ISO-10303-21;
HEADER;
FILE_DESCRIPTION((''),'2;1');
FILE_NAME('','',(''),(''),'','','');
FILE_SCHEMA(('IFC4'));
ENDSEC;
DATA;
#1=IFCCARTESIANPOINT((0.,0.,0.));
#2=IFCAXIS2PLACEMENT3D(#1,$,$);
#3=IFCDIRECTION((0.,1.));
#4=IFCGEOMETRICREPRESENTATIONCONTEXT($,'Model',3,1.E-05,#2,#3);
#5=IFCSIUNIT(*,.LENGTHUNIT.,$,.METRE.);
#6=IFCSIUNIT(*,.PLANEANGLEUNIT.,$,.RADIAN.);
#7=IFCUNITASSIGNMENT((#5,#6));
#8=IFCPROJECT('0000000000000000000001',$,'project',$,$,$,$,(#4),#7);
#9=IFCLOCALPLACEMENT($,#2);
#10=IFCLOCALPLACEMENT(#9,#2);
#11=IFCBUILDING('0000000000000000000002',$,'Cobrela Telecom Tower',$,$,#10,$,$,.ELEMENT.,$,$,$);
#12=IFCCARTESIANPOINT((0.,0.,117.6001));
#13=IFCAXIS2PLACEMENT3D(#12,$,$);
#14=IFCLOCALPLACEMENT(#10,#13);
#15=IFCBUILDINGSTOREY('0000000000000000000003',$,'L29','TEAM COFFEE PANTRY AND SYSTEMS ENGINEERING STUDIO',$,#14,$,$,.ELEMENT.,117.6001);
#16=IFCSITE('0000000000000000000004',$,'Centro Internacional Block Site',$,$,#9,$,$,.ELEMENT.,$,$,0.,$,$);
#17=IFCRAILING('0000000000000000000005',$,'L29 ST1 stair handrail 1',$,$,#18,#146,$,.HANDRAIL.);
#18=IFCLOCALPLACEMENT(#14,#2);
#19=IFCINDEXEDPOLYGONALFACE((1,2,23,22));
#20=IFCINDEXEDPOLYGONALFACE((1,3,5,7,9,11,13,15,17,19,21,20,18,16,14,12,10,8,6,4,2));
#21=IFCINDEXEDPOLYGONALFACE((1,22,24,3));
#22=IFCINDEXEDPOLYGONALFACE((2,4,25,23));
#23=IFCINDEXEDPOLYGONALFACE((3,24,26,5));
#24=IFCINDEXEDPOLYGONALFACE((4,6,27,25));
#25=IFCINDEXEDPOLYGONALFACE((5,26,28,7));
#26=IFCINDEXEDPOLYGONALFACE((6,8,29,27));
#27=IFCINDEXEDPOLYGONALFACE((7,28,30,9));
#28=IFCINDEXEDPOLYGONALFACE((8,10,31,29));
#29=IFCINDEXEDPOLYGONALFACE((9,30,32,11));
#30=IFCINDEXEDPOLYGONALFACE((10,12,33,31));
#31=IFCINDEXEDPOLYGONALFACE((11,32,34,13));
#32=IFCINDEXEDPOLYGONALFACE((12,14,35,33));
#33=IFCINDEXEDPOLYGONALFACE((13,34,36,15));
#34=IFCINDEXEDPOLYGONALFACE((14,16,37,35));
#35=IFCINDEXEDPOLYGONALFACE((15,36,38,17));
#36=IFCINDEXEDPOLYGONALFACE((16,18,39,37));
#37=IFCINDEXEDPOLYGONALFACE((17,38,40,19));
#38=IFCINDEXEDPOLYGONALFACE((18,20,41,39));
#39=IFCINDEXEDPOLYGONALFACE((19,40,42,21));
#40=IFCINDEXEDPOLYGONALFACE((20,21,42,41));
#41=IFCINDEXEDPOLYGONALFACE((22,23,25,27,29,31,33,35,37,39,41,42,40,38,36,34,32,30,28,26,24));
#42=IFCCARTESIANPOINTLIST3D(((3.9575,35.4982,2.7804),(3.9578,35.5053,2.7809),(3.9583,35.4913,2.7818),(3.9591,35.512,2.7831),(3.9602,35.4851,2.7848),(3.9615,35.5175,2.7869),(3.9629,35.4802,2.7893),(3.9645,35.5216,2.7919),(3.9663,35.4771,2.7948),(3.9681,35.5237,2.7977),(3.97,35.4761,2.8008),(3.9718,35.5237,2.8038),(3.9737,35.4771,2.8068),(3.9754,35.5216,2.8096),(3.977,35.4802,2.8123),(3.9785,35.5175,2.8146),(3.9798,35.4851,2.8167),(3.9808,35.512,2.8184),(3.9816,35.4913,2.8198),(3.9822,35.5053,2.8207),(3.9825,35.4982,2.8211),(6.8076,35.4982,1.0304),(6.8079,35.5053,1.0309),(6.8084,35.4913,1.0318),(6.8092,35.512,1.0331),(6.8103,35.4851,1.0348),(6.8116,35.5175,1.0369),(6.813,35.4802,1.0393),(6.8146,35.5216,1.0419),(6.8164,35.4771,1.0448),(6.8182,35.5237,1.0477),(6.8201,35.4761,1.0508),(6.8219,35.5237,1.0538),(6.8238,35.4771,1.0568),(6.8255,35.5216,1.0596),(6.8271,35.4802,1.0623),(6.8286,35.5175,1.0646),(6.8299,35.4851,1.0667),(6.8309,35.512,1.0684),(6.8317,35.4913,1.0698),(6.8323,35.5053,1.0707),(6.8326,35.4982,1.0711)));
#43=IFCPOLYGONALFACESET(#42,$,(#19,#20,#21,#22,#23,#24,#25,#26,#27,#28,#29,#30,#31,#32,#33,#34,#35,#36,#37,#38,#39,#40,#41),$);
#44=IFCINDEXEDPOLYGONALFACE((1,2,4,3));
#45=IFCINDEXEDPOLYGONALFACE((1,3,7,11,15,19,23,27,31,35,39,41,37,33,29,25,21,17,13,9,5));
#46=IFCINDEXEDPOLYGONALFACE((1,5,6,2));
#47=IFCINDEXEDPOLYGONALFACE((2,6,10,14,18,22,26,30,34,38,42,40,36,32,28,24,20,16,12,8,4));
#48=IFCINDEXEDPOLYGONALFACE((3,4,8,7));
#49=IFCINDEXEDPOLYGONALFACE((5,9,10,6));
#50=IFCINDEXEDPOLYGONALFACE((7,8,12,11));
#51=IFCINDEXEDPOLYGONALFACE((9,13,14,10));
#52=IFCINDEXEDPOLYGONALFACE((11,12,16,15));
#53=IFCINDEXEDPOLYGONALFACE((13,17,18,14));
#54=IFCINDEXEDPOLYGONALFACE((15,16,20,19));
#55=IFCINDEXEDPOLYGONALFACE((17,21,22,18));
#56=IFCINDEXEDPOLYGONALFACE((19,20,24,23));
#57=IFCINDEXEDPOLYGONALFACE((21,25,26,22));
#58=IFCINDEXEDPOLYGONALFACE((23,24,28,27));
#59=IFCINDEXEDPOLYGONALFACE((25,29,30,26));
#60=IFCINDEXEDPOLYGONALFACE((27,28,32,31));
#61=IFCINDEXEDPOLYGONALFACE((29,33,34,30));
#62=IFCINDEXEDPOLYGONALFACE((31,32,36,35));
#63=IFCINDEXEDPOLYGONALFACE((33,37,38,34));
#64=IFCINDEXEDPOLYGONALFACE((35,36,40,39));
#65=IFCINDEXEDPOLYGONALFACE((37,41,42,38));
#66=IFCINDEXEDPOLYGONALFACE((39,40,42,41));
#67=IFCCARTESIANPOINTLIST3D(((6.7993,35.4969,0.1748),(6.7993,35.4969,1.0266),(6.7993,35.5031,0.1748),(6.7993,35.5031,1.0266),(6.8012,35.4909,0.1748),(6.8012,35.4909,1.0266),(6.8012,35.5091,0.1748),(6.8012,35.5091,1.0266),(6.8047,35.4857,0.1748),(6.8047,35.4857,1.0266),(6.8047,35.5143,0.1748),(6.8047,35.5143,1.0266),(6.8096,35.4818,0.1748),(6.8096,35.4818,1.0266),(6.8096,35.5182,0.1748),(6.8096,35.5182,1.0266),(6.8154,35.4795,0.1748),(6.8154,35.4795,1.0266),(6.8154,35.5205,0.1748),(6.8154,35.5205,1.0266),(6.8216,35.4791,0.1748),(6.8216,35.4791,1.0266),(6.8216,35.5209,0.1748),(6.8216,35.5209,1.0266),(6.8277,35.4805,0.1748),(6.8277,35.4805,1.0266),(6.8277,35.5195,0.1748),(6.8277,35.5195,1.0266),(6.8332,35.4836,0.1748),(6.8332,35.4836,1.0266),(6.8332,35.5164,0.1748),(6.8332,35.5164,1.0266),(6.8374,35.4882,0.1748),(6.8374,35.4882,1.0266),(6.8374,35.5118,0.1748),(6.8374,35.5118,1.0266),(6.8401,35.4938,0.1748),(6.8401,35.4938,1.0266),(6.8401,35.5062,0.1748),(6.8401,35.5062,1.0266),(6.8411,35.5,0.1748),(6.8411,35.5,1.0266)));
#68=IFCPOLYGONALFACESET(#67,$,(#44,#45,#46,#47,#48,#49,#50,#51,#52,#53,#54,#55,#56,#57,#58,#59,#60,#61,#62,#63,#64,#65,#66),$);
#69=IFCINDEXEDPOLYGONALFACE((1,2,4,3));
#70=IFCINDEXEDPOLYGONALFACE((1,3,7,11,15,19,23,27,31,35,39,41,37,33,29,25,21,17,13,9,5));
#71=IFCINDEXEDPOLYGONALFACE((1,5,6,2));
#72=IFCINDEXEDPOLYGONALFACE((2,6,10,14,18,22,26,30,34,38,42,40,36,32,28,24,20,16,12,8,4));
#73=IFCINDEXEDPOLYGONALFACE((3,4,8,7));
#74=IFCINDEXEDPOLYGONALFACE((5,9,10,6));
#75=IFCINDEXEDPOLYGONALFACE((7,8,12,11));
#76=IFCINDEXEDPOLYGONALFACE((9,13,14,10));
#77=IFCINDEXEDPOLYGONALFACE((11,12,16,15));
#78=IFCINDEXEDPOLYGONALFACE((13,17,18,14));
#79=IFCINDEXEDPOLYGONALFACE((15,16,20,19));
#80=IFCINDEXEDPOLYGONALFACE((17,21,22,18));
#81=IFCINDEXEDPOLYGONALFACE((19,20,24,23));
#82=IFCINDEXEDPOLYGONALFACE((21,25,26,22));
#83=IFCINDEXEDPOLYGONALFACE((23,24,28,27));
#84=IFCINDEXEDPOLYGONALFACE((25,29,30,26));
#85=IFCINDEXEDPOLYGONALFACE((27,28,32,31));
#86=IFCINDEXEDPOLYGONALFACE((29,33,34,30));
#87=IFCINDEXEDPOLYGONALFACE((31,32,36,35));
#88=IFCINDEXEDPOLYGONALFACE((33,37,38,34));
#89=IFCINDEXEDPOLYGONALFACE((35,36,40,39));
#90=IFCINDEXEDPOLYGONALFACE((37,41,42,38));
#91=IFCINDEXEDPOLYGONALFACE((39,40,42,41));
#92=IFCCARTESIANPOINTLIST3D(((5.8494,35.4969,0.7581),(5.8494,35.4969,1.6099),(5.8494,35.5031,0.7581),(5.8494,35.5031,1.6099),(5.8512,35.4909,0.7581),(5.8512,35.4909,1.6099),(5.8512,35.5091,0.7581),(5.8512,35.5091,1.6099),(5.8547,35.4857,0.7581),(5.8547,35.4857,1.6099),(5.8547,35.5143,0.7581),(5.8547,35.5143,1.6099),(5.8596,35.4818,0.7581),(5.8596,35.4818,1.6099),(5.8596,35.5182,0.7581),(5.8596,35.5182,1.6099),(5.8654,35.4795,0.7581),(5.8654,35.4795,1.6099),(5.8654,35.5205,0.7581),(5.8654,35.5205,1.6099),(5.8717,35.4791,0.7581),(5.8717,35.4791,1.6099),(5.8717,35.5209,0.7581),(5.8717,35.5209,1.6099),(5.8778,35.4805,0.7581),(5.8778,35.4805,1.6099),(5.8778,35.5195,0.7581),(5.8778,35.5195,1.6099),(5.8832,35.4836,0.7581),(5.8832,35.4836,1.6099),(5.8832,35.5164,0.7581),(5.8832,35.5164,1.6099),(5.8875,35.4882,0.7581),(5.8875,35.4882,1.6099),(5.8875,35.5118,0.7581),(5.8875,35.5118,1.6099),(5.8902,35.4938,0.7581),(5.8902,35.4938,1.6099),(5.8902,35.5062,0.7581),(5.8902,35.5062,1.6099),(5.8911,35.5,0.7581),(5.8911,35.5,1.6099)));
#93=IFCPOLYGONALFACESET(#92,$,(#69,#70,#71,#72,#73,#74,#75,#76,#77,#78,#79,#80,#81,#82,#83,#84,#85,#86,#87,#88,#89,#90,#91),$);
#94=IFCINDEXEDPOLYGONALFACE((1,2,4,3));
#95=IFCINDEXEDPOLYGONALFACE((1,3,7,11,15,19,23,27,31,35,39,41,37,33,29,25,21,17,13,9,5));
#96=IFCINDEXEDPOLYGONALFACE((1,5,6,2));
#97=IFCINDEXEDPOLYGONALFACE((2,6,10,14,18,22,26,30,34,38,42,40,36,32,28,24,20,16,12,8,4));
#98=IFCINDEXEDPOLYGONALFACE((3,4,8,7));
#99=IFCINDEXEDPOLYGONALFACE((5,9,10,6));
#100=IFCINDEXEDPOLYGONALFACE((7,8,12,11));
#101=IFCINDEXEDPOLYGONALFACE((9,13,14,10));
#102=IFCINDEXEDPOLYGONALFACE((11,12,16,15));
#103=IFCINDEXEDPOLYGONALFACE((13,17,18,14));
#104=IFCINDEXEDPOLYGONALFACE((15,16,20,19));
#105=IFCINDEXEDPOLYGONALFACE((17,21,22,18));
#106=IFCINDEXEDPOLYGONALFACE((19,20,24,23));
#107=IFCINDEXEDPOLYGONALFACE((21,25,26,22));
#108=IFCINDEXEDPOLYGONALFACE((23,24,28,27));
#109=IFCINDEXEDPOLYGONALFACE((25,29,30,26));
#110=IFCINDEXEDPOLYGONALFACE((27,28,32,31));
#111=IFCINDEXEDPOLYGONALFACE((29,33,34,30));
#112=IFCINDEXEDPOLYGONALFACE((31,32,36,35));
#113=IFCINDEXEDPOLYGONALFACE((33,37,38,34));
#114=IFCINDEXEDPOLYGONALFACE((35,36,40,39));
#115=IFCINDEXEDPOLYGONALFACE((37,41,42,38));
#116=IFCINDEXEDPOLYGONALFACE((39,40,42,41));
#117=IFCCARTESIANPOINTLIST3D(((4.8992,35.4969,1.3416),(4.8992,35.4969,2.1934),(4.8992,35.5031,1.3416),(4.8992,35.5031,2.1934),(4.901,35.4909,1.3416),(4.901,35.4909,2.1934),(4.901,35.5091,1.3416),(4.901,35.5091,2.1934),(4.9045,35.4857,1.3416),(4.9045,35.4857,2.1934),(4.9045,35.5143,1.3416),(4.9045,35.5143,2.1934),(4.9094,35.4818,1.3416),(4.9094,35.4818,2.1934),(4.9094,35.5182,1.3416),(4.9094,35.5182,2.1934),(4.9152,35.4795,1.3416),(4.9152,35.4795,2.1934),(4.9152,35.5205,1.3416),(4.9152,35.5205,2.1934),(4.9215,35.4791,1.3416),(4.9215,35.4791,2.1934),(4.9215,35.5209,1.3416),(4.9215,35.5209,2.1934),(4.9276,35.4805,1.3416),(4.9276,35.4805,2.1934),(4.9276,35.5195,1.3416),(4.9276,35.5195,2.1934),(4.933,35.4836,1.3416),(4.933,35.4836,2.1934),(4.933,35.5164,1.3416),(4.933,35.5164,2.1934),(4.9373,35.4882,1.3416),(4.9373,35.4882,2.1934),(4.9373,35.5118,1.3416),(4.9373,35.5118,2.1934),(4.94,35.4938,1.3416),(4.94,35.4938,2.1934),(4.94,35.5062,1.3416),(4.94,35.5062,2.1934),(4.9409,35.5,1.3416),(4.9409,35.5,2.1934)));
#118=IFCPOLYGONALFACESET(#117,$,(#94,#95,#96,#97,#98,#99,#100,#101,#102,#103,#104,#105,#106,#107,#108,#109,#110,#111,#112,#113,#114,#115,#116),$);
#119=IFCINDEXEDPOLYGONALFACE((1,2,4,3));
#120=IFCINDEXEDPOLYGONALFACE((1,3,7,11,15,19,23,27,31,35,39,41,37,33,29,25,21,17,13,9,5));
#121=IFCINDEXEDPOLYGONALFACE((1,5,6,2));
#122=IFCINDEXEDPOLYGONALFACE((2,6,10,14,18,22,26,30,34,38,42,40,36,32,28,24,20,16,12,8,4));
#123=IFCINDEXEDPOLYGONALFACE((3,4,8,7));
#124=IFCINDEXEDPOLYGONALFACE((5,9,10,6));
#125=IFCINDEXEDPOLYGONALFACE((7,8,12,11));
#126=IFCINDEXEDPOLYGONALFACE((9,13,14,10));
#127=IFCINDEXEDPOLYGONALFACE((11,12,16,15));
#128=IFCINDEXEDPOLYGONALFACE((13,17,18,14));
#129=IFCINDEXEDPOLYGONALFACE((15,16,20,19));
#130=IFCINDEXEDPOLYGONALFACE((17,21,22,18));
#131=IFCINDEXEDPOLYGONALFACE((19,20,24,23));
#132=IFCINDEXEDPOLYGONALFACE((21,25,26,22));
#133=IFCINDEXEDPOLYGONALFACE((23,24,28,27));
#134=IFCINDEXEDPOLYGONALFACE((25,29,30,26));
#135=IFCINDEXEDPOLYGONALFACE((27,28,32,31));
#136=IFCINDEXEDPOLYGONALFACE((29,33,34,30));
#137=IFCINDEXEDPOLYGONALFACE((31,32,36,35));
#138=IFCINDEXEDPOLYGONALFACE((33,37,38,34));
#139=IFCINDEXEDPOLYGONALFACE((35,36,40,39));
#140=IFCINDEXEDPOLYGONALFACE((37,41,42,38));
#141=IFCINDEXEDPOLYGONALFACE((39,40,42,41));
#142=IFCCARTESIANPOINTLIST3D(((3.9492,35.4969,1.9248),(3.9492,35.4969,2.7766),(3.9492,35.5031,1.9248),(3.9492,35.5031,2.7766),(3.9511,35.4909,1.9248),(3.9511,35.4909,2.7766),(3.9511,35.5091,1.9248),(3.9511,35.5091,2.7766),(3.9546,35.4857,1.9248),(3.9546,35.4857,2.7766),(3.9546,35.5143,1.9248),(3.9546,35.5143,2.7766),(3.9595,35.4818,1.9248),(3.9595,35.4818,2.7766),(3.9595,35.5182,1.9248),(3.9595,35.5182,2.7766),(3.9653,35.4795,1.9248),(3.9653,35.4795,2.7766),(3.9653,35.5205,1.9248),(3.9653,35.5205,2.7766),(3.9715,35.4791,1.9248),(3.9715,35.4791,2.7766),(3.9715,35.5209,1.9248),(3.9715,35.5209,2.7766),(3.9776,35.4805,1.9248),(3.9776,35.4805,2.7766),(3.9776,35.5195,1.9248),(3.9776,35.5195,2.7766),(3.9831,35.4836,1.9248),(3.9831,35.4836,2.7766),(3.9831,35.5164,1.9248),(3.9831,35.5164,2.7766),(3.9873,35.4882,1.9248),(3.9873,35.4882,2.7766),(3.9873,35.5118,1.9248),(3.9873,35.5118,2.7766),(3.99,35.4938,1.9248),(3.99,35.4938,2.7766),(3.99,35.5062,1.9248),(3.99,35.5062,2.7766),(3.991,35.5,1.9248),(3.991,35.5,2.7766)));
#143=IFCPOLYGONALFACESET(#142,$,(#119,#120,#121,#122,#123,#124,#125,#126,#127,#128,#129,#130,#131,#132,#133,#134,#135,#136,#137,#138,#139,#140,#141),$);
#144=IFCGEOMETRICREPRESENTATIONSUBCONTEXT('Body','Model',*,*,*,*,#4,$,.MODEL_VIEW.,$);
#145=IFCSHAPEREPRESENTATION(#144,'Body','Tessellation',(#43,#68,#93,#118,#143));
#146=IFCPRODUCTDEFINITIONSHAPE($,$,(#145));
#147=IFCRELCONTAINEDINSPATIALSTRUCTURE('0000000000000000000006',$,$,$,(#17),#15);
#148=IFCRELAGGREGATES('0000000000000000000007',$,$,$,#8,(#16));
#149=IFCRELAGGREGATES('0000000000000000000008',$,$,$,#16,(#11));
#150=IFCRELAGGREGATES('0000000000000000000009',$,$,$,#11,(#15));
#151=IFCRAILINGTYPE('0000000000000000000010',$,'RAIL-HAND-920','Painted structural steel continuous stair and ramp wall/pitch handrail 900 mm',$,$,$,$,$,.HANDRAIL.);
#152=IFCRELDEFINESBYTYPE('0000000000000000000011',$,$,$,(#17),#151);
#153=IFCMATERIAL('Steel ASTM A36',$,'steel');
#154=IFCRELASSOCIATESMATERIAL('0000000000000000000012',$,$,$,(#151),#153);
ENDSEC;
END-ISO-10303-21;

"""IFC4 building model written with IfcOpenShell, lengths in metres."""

from ifc_helpers import new_model, si_unit, direction, frame, origin, origin_2d, place, context, subcontext, project, spatial, circle, extrude, material, type_object, element, save


model = new_model("IFC4")

# Units and contexts
model_context = context("Model", 3, precision=1e-05, world=origin(), true_north=direction((0.0, 1.0)))
body_context = subcontext(model_context, "Body", "Model", "MODEL_VIEW")
ifc_project = project(units=[si_unit("LENGTHUNIT", "METRE"), si_unit("PLANEANGLEUNIT", "RADIAN")], contexts=[model_context])

# Site, building, storey
site_placement = place(None, origin())
site = spatial("IfcSite", under=ifc_project, at=site_placement, Name="Centro Internacional Block Site", CompositionType="ELEMENT", RefElevation=0.0)
building_placement = place(site_placement, origin())
building = spatial("IfcBuilding", under=site, at=building_placement, Name="Cobrela Telecom Tower", CompositionType="ELEMENT")
storey_placement = place(building_placement, frame((0.0, 0.0, 117.6001)))
storey = spatial("IfcBuildingStorey", under=building, at=storey_placement, Name="L29", Description="TEAM COFFEE PANTRY AND SYSTEMS ENGINEERING STUDIO", CompositionType="ELEMENT", Elevation=117.6001)

# Shared definitions
ifc_material_1 = material(Name="Steel ASTM A36", Category="steel")

# Railing
railing_type_1 = type_object("IfcRailingType", Name="RAIL-HAND-920", Description="Painted structural steel continuous stair and ramp wall/pitch handrail 900 mm", PredefinedType="HANDRAIL", material=ifc_material_1)
railing_1_placement = place(storey_placement, frame((6.8201, 35.5, 0.1748)))
element("IfcRailing", 1, at=railing_1_placement, inside=storey, type_object=railing_type_1, Name="L29 ST1 stair handrail 1", PredefinedType="HANDRAIL", context=body_context, shape_type="SweptSolid", body=[
    extrude(circle(Radius=0.0239, at=origin_2d()), frame((0.0, 0.0, 0.876), z_axis=(-0.852179, 0.0, 0.52325), x_axis=(0.0, -1.0, 0.0)), (0.0, 0.0, 1.0), 3.3445),
    extrude(circle(Radius=0.021, at=origin_2d()), origin(), (0.0, 0.0, 1.0), 0.8518),
    extrude(circle(Radius=0.021, at=origin_2d()), frame((-0.95, 0.0, 0.5833)), (0.0, 0.0, 1.0), 0.8518),
    extrude(circle(Radius=0.021, at=origin_2d()), frame((-1.9001, 0.0, 1.1667)), (0.0, 0.0, 1.0), 0.8518),
    extrude(circle(Radius=0.021, at=origin_2d()), frame((-2.8501, 0.0, 1.75)), (0.0, 0.0, 1.0), 0.8518),
])

save(model, "model.ifc")
